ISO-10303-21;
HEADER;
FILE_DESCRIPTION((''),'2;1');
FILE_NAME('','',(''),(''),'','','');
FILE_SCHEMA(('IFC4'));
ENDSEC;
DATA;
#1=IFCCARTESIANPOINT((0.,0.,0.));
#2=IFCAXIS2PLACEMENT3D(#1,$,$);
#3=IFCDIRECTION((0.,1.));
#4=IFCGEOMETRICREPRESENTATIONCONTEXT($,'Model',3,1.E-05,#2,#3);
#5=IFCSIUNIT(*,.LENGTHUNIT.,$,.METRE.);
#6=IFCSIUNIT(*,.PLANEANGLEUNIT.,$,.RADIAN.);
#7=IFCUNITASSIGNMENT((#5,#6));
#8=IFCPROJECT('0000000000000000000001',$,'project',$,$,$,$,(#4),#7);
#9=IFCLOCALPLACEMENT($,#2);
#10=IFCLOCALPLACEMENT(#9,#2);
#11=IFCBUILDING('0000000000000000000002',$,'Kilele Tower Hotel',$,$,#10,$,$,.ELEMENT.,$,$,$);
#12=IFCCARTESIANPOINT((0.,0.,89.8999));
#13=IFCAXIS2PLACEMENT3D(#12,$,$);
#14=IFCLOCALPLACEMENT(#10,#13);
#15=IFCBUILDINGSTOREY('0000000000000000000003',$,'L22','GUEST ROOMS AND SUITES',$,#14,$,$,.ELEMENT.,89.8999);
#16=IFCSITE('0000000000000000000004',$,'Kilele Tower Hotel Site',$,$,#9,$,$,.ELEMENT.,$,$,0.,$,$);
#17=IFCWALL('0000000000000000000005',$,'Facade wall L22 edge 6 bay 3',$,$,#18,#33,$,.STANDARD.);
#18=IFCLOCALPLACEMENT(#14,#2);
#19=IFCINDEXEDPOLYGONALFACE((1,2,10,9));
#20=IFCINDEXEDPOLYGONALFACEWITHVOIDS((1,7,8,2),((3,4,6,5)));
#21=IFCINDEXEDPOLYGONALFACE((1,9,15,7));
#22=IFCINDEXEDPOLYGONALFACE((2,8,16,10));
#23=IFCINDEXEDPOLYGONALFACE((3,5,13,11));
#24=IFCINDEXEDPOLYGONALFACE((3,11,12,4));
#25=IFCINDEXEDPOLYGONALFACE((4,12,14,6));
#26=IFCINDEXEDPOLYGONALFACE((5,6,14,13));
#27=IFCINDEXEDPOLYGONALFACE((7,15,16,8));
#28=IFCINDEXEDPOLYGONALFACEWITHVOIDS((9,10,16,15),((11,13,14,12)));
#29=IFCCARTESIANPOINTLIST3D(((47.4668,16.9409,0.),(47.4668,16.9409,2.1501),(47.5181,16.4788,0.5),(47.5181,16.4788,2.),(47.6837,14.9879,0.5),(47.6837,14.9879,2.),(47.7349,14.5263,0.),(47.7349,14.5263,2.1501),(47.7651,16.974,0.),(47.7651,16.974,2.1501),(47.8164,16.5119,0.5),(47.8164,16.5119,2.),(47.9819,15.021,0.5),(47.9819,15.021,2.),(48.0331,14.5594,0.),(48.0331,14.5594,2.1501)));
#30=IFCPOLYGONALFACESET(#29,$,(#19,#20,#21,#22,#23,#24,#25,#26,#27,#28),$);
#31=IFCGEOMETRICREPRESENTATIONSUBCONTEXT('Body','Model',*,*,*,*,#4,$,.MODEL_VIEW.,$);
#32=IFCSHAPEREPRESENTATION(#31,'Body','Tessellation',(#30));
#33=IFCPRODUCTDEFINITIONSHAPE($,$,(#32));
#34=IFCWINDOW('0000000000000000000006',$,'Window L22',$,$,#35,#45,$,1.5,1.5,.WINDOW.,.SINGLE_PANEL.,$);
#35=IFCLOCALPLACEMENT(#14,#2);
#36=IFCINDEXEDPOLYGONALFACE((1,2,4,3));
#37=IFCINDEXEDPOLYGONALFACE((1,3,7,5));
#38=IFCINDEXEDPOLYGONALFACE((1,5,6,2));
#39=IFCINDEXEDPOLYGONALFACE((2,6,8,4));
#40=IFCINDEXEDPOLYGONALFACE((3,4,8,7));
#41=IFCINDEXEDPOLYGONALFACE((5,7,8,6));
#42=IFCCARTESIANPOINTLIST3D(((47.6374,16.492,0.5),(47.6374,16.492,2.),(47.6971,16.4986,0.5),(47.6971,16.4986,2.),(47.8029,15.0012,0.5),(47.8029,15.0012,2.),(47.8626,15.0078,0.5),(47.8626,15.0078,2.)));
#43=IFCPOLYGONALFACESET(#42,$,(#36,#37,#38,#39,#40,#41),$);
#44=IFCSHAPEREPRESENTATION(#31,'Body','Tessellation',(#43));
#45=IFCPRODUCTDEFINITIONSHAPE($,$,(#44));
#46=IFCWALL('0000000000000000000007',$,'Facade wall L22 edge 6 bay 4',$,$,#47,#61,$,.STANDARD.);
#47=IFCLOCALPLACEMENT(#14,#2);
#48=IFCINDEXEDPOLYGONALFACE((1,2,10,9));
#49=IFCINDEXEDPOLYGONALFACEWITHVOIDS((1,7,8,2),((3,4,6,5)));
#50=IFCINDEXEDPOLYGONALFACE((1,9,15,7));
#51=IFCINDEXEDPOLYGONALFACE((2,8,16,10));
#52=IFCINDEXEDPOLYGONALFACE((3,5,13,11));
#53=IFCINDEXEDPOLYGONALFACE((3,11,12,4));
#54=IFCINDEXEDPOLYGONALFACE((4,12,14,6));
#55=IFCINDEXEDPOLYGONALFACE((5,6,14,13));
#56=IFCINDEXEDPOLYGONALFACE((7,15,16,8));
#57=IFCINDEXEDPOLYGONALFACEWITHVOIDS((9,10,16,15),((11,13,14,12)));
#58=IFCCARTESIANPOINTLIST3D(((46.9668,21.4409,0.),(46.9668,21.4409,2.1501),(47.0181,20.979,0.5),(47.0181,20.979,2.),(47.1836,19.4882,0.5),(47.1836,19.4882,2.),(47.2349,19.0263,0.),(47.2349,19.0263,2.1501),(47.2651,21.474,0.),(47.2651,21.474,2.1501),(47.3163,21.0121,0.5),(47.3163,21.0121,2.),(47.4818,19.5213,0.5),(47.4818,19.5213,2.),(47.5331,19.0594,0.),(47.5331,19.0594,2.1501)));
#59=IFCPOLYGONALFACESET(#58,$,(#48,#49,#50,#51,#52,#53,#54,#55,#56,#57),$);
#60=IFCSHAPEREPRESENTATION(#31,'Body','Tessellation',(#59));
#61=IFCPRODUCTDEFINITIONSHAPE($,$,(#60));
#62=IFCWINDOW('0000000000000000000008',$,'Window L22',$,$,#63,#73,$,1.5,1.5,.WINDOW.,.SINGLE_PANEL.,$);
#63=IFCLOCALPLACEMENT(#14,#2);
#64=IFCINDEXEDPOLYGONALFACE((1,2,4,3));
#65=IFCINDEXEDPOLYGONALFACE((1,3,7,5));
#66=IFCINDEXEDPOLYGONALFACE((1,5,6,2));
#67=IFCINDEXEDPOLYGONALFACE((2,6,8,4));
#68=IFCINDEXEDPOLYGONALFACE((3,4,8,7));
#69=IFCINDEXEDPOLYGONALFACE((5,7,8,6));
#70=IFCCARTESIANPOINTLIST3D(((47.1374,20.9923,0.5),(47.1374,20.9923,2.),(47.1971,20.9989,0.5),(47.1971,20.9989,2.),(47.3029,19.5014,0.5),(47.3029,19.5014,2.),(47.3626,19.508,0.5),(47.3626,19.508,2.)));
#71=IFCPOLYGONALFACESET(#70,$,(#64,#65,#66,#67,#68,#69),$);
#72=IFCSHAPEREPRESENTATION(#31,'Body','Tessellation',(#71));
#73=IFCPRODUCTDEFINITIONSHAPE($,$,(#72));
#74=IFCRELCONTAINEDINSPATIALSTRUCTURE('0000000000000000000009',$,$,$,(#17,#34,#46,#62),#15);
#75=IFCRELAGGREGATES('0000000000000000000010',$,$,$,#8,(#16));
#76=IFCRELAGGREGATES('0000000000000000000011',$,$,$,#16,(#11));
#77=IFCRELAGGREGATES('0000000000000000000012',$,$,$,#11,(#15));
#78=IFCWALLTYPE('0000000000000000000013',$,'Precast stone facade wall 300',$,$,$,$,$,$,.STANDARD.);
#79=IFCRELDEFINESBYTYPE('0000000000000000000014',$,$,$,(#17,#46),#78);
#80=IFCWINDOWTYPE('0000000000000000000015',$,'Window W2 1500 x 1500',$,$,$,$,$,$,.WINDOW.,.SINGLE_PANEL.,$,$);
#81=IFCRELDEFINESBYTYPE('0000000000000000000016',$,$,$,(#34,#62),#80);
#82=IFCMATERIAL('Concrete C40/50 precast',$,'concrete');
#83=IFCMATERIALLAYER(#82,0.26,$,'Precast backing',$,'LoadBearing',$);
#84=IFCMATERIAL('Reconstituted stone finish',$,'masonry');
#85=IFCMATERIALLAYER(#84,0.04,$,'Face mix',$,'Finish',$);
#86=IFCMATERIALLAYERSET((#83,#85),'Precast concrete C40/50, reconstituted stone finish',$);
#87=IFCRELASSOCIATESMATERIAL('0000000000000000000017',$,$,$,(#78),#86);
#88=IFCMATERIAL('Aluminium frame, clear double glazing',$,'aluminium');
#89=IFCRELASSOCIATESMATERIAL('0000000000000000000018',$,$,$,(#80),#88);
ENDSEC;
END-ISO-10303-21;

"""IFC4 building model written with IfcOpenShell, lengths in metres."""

from ifc_helpers import new_model, si_unit, direction, frame, frame_2d, origin, place, context, subcontext, project, spatial, rectangle, extrude, material, layer, layer_set, type_object, element, fill, save


model = new_model("IFC4")

# Units and contexts
model_context = context("Model", 3, precision=1e-05, world=origin(), true_north=direction((0.0, 1.0)))
body_context = subcontext(model_context, "Body", "Model", "MODEL_VIEW")
ifc_project = project(units=[si_unit("LENGTHUNIT", "METRE"), si_unit("PLANEANGLEUNIT", "RADIAN")], contexts=[model_context])

# Site, building, storey
site_placement = place(None, origin())
site = spatial("IfcSite", under=ifc_project, at=site_placement, Name="Kilele Tower Hotel Site", CompositionType="ELEMENT", RefElevation=0.0)
building_placement = place(site_placement, origin())
building = spatial("IfcBuilding", under=site, at=building_placement, Name="Kilele Tower Hotel", CompositionType="ELEMENT")
storey_placement = place(building_placement, frame((0.0, 0.0, 89.8999)))
storey = spatial("IfcBuildingStorey", under=building, at=storey_placement, Name="L22", Description="GUEST ROOMS AND SUITES", CompositionType="ELEMENT", Elevation=89.8999)

# Walls, openings, windows
ifc_material_1 = material(Name="Concrete C40/50 precast", Category="concrete")
ifc_layer_1 = layer(ifc_material_1, 0.26, Name="Precast backing", Category="LoadBearing")
ifc_material_2 = material(Name="Reconstituted stone finish", Category="masonry")
ifc_layer_2 = layer(ifc_material_2, 0.04, Name="Face mix", Category="Finish")
ifc_layer_set_1 = layer_set([ifc_layer_1, ifc_layer_2], Name="Precast concrete C40/50, reconstituted stone finish")
wall_type_1 = type_object("IfcWallType", Name="Precast stone facade wall 300", PredefinedType="STANDARD", material=ifc_layer_set_1)
ifc_material_3 = material(Name="Aluminium frame, clear double glazing", Category="aluminium")
window_type = type_object("IfcWindowType", Name="Window W2 1500 x 1500", PartitioningType="SINGLE_PANEL", PredefinedType="WINDOW", material=ifc_material_3)
wall_1_placement = place(storey_placement, frame((47.884, 14.5427, 0.0), z_axis=(0.0, 0.0, 1.0), x_axis=(-0.110343, 0.993894, 0.0)))
wall_1 = element("IfcWall", 1, at=wall_1_placement, inside=storey, type_object=wall_type_1, Name="Facade wall L22 edge 6 bay 3", PredefinedType="STANDARD", context=body_context, shape_type="SweptSolid", body=[
    extrude(rectangle(XDim=2.4294, YDim=0.3, at=frame_2d((1.2148, 0.0))), origin(), (0.0, 0.0, 1.0), 2.1501),
])
opening_1_placement = place(wall_1_placement, frame((0.4646, 0.0, 0.5)))
opening_1 = element("IfcOpeningElement", 2, at=opening_1_placement, cuts=wall_1, PredefinedType="OPENING", context=body_context, shape_type="SweptSolid", body=[
    extrude(rectangle(XDim=1.5, YDim=1.5, at=frame_2d((0.75, 0.75))), frame((0.0, 0.1599, 0.0), z_axis=(0.0, -1.0, 0.0), x_axis=(1.0, 0.0, 0.0)), (0.0, 0.0, 1.0), 0.3201),
])
window_1_placement = place(opening_1_placement, origin())
window_1 = element("IfcWindow", 3, at=window_1_placement, inside=storey, type_object=window_type, Name="Window L22", OverallHeight=1.5, OverallWidth=1.5, PartitioningType="SINGLE_PANEL", PredefinedType="WINDOW", context=body_context, shape_type="SweptSolid", body=[
    extrude(rectangle(XDim=1.5, YDim=1.5, at=frame_2d((0.75, 0.75))), frame((0.0, 0.03, 0.0), z_axis=(0.0, -1.0, 0.0), x_axis=(1.0, 0.0, 0.0)), (0.0, 0.0, 1.0), 0.0601),
])
fill(opening_1, window_1)
wall_2_placement = place(storey_placement, frame((47.384, 19.0427, 0.0), z_axis=(0.0, 0.0, 1.0), x_axis=(-0.110343, 0.993894, 0.0)))
wall_2 = element("IfcWall", 4, at=wall_2_placement, inside=storey, type_object=wall_type_1, Name="Facade wall L22 edge 6 bay 4", PredefinedType="STANDARD", context=body_context, shape_type="SweptSolid", body=[
    extrude(rectangle(XDim=2.4294, YDim=0.3, at=frame_2d((1.2148, 0.0))), origin(), (0.0, 0.0, 1.0), 2.1501),
])
opening_2_placement = place(wall_2_placement, frame((0.4648, 0.0, 0.5)))
opening_2 = element("IfcOpeningElement", 5, at=opening_2_placement, cuts=wall_2, PredefinedType="OPENING", context=body_context, shape_type="SweptSolid", body=[
    extrude(rectangle(XDim=1.5, YDim=1.5, at=frame_2d((0.75, 0.75))), frame((0.0, 0.1599, 0.0), z_axis=(0.0, -1.0, 0.0), x_axis=(1.0, 0.0, 0.0)), (0.0, 0.0, 1.0), 0.3201),
])
window_2_placement = place(opening_2_placement, origin())
window_2 = element("IfcWindow", 6, at=window_2_placement, inside=storey, type_object=window_type, Name="Window L22", OverallHeight=1.5, OverallWidth=1.5, PartitioningType="SINGLE_PANEL", PredefinedType="WINDOW", context=body_context, shape_type="SweptSolid", body=[
    extrude(rectangle(XDim=1.5, YDim=1.5, at=frame_2d((0.75, 0.75))), frame((0.0, 0.03, 0.0), z_axis=(0.0, -1.0, 0.0), x_axis=(1.0, 0.0, 0.0)), (0.0, 0.0, 1.0), 0.0601),
])
fill(opening_2, window_2)

save(model, "model.ifc")
